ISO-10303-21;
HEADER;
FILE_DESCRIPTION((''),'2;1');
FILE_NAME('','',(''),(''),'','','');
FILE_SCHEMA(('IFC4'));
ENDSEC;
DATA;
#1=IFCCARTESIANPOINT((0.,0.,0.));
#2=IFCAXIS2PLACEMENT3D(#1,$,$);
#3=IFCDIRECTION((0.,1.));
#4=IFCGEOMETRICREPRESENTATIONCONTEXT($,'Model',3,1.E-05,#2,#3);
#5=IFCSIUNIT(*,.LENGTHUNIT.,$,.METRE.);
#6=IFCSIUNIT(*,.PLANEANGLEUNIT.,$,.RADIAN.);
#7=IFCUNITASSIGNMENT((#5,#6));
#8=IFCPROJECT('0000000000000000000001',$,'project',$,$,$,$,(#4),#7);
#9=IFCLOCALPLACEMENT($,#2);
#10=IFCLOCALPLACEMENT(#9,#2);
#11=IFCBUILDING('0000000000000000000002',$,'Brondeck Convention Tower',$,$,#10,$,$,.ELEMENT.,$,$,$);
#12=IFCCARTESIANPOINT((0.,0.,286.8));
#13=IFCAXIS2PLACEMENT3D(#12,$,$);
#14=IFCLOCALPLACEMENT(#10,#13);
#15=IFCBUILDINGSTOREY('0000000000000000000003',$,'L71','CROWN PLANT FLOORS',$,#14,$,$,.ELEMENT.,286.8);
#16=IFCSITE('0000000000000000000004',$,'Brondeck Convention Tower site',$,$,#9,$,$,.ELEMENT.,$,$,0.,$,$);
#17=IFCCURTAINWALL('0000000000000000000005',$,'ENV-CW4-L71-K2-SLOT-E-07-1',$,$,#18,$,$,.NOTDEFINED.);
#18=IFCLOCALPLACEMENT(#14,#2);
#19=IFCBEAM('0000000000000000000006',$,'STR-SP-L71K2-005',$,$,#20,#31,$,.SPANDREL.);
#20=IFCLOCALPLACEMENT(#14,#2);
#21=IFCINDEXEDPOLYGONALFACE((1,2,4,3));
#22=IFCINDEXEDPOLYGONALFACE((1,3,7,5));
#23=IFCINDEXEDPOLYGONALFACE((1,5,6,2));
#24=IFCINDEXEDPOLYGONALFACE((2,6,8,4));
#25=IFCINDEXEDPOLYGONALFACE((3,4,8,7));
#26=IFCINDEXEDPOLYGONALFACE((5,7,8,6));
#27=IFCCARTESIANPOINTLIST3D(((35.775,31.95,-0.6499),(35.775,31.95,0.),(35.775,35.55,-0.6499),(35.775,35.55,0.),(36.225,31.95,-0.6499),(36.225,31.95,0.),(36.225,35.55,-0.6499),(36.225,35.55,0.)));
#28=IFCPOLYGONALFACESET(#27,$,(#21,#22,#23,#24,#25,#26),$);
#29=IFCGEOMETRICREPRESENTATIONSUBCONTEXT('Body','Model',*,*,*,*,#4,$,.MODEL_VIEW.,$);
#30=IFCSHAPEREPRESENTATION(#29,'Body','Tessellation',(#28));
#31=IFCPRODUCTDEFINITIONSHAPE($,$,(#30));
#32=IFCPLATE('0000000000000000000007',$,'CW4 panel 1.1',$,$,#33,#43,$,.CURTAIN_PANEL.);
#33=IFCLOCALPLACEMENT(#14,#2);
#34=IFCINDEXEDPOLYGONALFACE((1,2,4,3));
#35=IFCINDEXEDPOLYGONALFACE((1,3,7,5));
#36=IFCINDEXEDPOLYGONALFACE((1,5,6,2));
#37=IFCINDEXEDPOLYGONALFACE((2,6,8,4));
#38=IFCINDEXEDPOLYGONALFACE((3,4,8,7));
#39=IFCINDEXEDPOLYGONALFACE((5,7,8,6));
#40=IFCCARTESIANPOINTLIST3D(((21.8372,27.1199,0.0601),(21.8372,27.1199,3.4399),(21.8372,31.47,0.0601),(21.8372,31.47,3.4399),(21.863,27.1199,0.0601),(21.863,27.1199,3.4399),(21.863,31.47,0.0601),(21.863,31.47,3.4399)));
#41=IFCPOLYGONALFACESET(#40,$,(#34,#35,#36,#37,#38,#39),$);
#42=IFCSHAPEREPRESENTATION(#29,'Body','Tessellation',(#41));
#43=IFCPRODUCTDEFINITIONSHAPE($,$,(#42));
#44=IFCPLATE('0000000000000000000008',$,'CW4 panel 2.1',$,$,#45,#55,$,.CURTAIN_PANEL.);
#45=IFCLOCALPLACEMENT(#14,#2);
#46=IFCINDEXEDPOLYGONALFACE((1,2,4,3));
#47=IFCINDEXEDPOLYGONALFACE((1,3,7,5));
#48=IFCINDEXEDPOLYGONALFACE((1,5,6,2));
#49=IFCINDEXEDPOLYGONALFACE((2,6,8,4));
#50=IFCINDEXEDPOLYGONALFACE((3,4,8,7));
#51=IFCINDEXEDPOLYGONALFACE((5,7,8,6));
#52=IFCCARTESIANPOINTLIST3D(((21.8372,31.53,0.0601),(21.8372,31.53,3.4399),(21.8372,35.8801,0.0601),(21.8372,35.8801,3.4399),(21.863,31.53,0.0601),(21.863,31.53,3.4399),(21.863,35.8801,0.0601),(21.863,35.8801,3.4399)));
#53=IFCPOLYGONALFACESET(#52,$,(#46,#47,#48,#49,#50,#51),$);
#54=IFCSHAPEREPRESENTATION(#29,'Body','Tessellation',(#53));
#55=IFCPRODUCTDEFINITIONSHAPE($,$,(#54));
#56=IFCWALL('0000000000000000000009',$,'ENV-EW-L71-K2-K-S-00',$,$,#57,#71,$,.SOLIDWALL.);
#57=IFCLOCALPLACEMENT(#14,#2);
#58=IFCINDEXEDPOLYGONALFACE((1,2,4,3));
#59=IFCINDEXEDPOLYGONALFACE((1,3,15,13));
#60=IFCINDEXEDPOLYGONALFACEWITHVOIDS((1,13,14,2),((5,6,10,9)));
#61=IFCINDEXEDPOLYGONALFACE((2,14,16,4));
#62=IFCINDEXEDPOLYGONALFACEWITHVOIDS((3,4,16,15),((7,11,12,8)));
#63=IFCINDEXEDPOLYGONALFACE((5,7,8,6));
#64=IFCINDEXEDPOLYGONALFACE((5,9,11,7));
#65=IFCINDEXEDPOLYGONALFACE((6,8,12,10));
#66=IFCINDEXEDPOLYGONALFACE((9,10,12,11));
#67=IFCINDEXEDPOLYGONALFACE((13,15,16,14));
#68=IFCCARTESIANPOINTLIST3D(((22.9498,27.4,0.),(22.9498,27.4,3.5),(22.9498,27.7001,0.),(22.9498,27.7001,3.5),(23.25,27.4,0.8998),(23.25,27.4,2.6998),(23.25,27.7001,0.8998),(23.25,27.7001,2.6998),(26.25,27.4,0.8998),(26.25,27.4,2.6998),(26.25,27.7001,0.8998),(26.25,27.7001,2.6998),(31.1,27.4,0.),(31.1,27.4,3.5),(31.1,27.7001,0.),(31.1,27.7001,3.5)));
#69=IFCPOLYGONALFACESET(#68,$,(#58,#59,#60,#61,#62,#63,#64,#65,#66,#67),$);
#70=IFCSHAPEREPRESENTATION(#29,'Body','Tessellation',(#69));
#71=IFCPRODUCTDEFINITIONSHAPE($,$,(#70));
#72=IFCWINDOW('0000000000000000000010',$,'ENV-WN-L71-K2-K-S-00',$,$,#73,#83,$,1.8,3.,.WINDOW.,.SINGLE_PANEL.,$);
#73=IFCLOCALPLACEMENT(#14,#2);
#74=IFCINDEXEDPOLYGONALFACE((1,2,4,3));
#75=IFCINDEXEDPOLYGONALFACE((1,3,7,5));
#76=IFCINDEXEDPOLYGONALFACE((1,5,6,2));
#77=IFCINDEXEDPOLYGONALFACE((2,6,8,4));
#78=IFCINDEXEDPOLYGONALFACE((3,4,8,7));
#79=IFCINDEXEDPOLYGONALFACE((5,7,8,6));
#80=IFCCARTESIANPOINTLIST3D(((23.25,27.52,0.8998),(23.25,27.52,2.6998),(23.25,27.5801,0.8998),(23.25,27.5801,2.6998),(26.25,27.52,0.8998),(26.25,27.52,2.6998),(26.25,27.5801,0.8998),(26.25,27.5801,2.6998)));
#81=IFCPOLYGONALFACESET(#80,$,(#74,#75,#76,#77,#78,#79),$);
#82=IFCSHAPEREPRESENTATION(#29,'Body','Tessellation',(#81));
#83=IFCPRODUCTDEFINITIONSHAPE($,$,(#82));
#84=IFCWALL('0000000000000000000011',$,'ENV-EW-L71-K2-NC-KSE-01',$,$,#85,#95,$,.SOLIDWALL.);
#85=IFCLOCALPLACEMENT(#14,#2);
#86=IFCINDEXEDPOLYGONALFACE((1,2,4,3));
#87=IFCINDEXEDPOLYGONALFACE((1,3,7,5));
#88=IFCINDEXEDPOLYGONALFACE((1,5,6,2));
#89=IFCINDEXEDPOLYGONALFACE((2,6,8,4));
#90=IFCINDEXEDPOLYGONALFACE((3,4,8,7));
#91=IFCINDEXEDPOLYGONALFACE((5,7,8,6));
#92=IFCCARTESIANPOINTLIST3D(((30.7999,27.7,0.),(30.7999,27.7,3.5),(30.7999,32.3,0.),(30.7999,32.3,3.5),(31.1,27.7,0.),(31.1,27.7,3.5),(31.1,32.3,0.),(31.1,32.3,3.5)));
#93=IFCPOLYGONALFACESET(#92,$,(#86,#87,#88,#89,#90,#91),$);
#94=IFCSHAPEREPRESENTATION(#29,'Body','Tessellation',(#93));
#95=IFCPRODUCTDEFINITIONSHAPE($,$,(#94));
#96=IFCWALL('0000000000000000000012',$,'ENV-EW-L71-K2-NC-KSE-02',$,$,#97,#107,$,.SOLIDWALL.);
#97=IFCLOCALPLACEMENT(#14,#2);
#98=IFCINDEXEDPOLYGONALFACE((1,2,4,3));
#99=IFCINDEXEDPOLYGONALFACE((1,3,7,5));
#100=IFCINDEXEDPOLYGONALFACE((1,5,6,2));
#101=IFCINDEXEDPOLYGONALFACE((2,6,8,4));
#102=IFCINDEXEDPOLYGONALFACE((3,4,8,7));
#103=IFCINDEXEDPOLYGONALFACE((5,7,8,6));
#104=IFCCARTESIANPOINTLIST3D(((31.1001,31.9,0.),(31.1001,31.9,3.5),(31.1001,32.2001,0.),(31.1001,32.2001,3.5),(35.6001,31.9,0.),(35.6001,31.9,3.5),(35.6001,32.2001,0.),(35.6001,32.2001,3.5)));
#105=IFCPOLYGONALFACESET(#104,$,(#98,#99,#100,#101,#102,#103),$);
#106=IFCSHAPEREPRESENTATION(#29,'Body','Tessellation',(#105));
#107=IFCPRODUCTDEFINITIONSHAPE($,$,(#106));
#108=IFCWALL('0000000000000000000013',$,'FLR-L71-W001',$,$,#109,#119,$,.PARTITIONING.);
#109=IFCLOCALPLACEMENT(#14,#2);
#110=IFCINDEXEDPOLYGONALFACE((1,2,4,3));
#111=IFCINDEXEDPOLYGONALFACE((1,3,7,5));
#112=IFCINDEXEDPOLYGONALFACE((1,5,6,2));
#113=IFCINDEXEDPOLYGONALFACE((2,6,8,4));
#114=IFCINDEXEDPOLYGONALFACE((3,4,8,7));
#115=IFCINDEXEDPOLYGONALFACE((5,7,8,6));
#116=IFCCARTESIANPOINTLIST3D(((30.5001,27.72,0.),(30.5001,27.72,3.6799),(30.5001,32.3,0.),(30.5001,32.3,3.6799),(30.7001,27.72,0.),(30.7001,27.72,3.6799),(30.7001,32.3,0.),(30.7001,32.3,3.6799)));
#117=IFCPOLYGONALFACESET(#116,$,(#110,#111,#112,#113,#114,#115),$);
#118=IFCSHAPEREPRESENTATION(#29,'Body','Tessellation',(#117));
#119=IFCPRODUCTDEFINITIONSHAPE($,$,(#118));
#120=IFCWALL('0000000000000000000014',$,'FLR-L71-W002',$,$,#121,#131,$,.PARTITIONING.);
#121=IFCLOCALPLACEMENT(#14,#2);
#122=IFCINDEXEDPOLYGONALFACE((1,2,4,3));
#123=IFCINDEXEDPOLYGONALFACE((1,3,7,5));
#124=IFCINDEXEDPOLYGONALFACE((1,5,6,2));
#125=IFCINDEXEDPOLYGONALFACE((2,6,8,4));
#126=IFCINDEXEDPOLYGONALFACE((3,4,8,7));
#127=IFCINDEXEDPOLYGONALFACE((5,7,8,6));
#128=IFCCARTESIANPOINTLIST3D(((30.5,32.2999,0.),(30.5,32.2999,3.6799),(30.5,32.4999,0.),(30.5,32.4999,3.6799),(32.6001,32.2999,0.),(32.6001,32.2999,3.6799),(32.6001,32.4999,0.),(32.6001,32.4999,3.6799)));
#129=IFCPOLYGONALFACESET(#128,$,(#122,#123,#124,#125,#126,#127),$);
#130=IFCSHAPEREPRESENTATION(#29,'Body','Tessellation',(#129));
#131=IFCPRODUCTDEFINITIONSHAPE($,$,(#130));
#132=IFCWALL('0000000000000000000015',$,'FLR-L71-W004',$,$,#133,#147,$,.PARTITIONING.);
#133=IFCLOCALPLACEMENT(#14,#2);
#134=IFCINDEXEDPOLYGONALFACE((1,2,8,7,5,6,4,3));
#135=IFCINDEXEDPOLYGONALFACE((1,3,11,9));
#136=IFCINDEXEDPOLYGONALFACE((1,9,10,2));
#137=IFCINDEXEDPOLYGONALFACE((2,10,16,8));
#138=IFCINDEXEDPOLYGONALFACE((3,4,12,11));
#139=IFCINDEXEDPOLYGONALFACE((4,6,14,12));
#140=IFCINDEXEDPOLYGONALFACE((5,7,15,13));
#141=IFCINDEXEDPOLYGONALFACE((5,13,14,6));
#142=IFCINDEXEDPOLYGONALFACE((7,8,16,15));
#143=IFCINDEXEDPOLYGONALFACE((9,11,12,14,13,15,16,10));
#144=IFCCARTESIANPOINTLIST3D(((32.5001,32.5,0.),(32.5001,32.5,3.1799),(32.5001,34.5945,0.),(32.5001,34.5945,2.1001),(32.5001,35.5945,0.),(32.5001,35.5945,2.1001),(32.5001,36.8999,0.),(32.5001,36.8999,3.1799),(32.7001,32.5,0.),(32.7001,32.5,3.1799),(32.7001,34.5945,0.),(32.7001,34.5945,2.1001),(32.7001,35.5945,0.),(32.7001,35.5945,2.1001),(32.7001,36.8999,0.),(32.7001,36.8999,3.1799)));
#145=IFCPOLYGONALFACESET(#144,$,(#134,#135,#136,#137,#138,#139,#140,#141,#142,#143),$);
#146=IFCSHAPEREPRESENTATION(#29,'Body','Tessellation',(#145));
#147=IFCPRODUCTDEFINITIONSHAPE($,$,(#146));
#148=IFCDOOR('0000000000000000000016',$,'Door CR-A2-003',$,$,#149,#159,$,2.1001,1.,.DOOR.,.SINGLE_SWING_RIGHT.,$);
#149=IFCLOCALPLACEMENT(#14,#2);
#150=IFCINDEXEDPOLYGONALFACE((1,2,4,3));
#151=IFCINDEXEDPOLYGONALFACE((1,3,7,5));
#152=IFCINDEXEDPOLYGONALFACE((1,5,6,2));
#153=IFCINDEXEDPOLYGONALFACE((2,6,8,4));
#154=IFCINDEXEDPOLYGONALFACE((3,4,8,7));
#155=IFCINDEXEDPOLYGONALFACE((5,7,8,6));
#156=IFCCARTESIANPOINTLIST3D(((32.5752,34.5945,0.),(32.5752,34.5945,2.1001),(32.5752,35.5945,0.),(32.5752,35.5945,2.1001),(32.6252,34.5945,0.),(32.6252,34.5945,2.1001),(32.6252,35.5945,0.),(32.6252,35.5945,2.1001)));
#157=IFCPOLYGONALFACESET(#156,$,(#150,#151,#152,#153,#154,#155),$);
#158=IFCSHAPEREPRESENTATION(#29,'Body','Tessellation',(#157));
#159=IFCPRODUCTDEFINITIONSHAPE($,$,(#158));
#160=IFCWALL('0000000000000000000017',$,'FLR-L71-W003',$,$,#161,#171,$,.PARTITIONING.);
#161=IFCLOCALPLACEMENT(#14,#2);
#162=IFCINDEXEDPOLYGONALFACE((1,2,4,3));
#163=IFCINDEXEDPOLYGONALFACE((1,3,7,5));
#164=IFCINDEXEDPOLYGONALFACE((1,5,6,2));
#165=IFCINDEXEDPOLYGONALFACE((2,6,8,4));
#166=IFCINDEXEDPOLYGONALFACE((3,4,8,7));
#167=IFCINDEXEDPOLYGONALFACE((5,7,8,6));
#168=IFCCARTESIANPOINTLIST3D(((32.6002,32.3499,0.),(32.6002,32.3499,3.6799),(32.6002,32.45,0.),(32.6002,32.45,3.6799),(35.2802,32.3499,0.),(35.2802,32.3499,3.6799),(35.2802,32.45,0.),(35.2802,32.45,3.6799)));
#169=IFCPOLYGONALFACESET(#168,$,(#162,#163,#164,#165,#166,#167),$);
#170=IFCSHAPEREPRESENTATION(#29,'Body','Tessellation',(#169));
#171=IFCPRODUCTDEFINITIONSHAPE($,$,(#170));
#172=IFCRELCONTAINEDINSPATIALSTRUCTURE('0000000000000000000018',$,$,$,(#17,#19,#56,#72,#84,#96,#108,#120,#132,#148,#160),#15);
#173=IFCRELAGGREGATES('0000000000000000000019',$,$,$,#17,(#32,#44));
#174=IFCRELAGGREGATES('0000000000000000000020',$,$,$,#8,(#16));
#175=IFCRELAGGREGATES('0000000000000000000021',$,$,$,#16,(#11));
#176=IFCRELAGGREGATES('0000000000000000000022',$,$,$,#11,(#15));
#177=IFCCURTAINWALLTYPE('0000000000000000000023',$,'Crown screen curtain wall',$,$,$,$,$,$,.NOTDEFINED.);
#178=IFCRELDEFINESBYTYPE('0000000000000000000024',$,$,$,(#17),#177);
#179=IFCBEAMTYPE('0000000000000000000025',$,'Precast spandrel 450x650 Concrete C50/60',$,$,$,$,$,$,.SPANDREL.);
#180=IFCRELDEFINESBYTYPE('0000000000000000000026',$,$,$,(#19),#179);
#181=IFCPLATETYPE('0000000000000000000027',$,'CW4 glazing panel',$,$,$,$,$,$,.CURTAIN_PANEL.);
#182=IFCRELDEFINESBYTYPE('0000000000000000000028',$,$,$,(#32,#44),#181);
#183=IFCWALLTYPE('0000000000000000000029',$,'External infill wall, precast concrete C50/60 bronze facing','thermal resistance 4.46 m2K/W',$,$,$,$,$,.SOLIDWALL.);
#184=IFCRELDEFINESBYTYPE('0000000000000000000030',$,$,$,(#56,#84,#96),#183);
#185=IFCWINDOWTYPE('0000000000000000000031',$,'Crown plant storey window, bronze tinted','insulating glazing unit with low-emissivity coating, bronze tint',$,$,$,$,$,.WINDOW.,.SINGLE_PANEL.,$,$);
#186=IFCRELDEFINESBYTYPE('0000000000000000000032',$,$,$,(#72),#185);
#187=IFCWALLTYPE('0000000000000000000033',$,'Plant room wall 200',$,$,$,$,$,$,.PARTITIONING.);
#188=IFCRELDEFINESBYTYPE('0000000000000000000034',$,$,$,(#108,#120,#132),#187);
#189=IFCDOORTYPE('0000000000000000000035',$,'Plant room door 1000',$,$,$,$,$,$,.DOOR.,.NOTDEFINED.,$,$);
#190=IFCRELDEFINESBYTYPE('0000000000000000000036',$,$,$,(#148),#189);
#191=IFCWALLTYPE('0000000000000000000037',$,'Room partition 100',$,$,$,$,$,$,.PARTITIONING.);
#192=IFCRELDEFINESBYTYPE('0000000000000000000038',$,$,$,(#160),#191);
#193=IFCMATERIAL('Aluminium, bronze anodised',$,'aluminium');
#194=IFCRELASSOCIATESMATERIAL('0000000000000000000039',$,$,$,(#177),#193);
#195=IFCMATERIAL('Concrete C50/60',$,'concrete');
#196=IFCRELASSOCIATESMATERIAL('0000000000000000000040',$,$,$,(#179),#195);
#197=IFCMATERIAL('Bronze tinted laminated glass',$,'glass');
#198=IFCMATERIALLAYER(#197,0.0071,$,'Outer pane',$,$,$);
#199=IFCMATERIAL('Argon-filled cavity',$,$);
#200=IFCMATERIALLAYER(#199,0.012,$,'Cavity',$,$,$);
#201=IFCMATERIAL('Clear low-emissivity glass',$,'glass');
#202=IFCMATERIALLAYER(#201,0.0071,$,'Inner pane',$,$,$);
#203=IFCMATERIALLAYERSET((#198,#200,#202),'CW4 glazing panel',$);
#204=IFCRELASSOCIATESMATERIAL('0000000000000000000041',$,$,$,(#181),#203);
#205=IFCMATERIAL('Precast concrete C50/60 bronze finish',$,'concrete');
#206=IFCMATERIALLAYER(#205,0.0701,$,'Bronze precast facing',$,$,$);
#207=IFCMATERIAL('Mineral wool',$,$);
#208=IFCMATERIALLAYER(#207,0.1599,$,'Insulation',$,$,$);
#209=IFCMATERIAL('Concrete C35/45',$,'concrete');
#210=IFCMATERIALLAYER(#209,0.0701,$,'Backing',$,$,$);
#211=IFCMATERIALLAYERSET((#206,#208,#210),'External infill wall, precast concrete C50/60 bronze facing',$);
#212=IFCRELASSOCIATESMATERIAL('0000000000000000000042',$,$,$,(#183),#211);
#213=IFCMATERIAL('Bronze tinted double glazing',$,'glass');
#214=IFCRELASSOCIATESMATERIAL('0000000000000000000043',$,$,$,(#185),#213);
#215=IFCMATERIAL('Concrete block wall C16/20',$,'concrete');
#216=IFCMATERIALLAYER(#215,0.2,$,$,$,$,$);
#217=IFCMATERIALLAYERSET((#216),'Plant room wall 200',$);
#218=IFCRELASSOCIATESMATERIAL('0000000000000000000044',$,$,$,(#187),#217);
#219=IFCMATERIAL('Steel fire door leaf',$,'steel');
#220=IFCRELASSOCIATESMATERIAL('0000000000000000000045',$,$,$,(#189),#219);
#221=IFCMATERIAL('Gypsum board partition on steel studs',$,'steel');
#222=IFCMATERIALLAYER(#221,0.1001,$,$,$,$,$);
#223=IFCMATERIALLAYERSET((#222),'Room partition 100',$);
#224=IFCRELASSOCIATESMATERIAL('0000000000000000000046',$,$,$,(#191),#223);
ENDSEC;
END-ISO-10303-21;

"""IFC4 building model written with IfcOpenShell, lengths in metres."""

from ifc_helpers import new_model, si_unit, direction, frame, frame_2d, origin, origin_2d, place, context, subcontext, project, spatial, rectangle, extrude, material, layer, layer_set, material_profile, profile_set, type_object, element, fill, aggregate, save


model = new_model("IFC4")

# Units and contexts
model_context = context("Model", 3, precision=1e-05, world=origin(), true_north=direction((0.0, 1.0)))
body_context = subcontext(model_context, "Body", "Model", "MODEL_VIEW")
ifc_project = project(units=[si_unit("LENGTHUNIT", "METRE"), si_unit("PLANEANGLEUNIT", "RADIAN")], contexts=[model_context])

# Site, building, storey
site_placement = place(None, origin())
site = spatial("IfcSite", under=ifc_project, at=site_placement, Name="Brondeck Convention Tower site", CompositionType="ELEMENT", RefElevation=0.0)
building_placement = place(site_placement, origin())
building = spatial("IfcBuilding", under=site, at=building_placement, Name="Brondeck Convention Tower", CompositionType="ELEMENT")
storey_placement = place(building_placement, frame((0.0, 0.0, 286.8)))
storey = spatial("IfcBuildingStorey", under=building, at=storey_placement, Name="L71", Description="CROWN PLANT FLOORS", CompositionType="ELEMENT", Elevation=286.8)

# Shared definitions
ifc_material_1 = material(Name="Concrete C50/60", Category="concrete")

# Curtain wall
ifc_material_2 = material(Name="Aluminium, bronze anodised", Category="aluminium")
curtain_wall_type = type_object("IfcCurtainWallType", Name="Crown screen curtain wall", PredefinedType="NOTDEFINED", material=ifc_material_2)
curtain_wall_placement = place(storey_placement, origin())
curtain_wall = element("IfcCurtainWall", 1, at=curtain_wall_placement, inside=storey, type_object=curtain_wall_type, Name="ENV-CW4-L71-K2-SLOT-E-07-1", PredefinedType="NOTDEFINED")

# Beam
ifc_material_profile_1 = material_profile(ifc_material_1, rectangle(XDim=0.45, YDim=0.6499, at=origin_2d()), Name="Precast spandrel 450x650 Concrete C50/60")
ifc_profile_set_1 = profile_set([ifc_material_profile_1], Name="Concrete C50/60")
beam_type = type_object("IfcBeamType", Name="Precast spandrel 450x650 Concrete C50/60", PredefinedType="SPANDREL", material=ifc_profile_set_1)
beam_placement = place(storey_placement, frame((36.0, 31.95, -0.325), z_axis=(0.0, 1.0, 0.0), x_axis=(-1.0, 0.0, 0.0)))
element("IfcBeam", 2, at=beam_placement, inside=storey, type_object=beam_type, Name="STR-SP-L71K2-005", PredefinedType="SPANDREL", context=body_context, shape_type="SweptSolid", body=[
    extrude(rectangle(XDim=0.45, YDim=0.6499, at=origin_2d()), origin(), (0.0, 0.0, 1.0), 3.6001),
])

# Plates
ifc_material_3 = material(Name="Bronze tinted laminated glass", Category="glass")
ifc_layer_1 = layer(ifc_material_3, 0.0071, Name="Outer pane")
ifc_material_4 = material(Name="Argon-filled cavity")
ifc_layer_2 = layer(ifc_material_4, 0.012, Name="Cavity")
ifc_material_5 = material(Name="Clear low-emissivity glass", Category="glass")
ifc_layer_3 = layer(ifc_material_5, 0.0071, Name="Inner pane")
ifc_layer_set_1 = layer_set([ifc_layer_1, ifc_layer_2, ifc_layer_3], Name="CW4 glazing panel")
plate_type = type_object("IfcPlateType", Name="CW4 glazing panel", PredefinedType="CURTAIN_PANEL", material=ifc_layer_set_1)
plate_1_placement = place(storey_placement, frame((21.8501, 29.2949, 0.0601), z_axis=(0.0, 0.0, 1.0), x_axis=(0.0, 1.0, 0.0)))
plate_1 = element("IfcPlate", 3, at=plate_1_placement, type_object=plate_type, Name="CW4 panel 1.1", PredefinedType="CURTAIN_PANEL", context=body_context, shape_type="SweptSolid", body=[
    extrude(rectangle(XDim=4.3501, YDim=0.0259, at=origin_2d()), origin(), (0.0, 0.0, 1.0), 3.3799),
])
plate_2_placement = place(storey_placement, frame((21.8501, 33.7051, 0.0601), z_axis=(0.0, 0.0, 1.0), x_axis=(0.0, 1.0, 0.0)))
plate_2 = element("IfcPlate", 4, at=plate_2_placement, type_object=plate_type, Name="CW4 panel 2.1", PredefinedType="CURTAIN_PANEL", context=body_context, shape_type="SweptSolid", body=[
    extrude(rectangle(XDim=4.3501, YDim=0.0259, at=origin_2d()), origin(), (0.0, 0.0, 1.0), 3.3799),
])
aggregate(curtain_wall, [plate_1, plate_2])

# Wall, opening, window
ifc_material_6 = material(Name="Precast concrete C50/60 bronze finish", Category="concrete")
ifc_layer_4 = layer(ifc_material_6, 0.0701, Name="Bronze precast facing")
ifc_material_7 = material(Name="Mineral wool")
ifc_layer_5 = layer(ifc_material_7, 0.1599, Name="Insulation")
ifc_material_8 = material(Name="Concrete C35/45", Category="concrete")
ifc_layer_6 = layer(ifc_material_8, 0.0701, Name="Backing")
ifc_layer_set_2 = layer_set([ifc_layer_4, ifc_layer_5, ifc_layer_6], Name="External infill wall, precast concrete C50/60 bronze facing")
wall_type_1 = type_object("IfcWallType", Name="External infill wall, precast concrete C50/60 bronze facing", Description="thermal resistance 4.46 m2K/W", PredefinedType="SOLIDWALL", material=ifc_layer_set_2)
wall_1_placement = place(storey_placement, frame((31.1001, 27.55, 0.0), z_axis=(0.0, 0.0, 1.0), x_axis=(-1.0, 0.0, 0.0)))
wall_1 = element("IfcWall", 5, at=wall_1_placement, inside=storey, type_object=wall_type_1, Name="ENV-EW-L71-K2-K-S-00", PredefinedType="SOLIDWALL", context=body_context, shape_type="SweptSolid", body=[
    extrude(rectangle(XDim=8.1501, YDim=0.3, at=frame_2d((4.0752, 0.0))), origin(), (0.0, 0.0, 1.0), 3.5),
])
opening_1_placement = place(wall_1_placement, frame((4.8501, 0.0, 0.8999)))
opening_1 = element("IfcOpeningElement", 6, at=opening_1_placement, cuts=wall_1, PredefinedType="OPENING", context=body_context, shape_type="SweptSolid", body=[
    extrude(rectangle(XDim=3.0, YDim=1.8, at=frame_2d((1.5, 0.8999))), frame((0.0, 0.1599, 0.0), z_axis=(0.0, -1.0, 0.0), x_axis=(1.0, 0.0, 0.0)), (0.0, 0.0, 1.0), 0.3201),
])
ifc_material_9 = material(Name="Bronze tinted double glazing", Category="glass")
window_type = type_object("IfcWindowType", Name="Crown plant storey window, bronze tinted", Description="insulating glazing unit with low-emissivity coating, bronze tint", PartitioningType="SINGLE_PANEL", PredefinedType="WINDOW", material=ifc_material_9)
window_placement = place(opening_1_placement, origin())
window = element("IfcWindow", 7, at=window_placement, inside=storey, type_object=window_type, Name="ENV-WN-L71-K2-K-S-00", OverallHeight=1.8, OverallWidth=3.0, PartitioningType="SINGLE_PANEL", PredefinedType="WINDOW", context=body_context, shape_type="SweptSolid", body=[
    extrude(rectangle(XDim=3.0, YDim=1.8, at=frame_2d((1.5, 0.8999))), frame((0.0, 0.03, 0.0), z_axis=(0.0, -1.0, 0.0), x_axis=(1.0, 0.0, 0.0)), (0.0, 0.0, 1.0), 0.0601),
])
fill(opening_1, window)

# Walls
wall_2_placement = place(storey_placement, frame((30.95, 32.3, 0.0), z_axis=(0.0, 0.0, 1.0), x_axis=(0.0, -1.0, 0.0)))
element("IfcWall", 8, at=wall_2_placement, inside=storey, type_object=wall_type_1, Name="ENV-EW-L71-K2-NC-KSE-01", PredefinedType="SOLIDWALL", context=body_context, shape_type="SweptSolid", body=[
    extrude(rectangle(XDim=4.6001, YDim=0.3, at=frame_2d((2.3, 0.0))), origin(), (0.0, 0.0, 1.0), 3.5),
])
wall_3_placement = place(storey_placement, frame((35.6001, 32.05, 0.0), z_axis=(0.0, 0.0, 1.0), x_axis=(-1.0, 0.0, 0.0)))
element("IfcWall", 9, at=wall_3_placement, inside=storey, type_object=wall_type_1, Name="ENV-EW-L71-K2-NC-KSE-02", PredefinedType="SOLIDWALL", context=body_context, shape_type="SweptSolid", body=[
    extrude(rectangle(XDim=4.5, YDim=0.3, at=frame_2d((2.25, 0.0))), origin(), (0.0, 0.0, 1.0), 3.5),
])
ifc_material_10 = material(Name="Concrete block wall C16/20", Category="concrete")
ifc_layer_7 = layer(ifc_material_10, 0.2)
ifc_layer_set_3 = layer_set([ifc_layer_7], Name="Plant room wall 200")
wall_type_2 = type_object("IfcWallType", Name="Plant room wall 200", PredefinedType="PARTITIONING", material=ifc_layer_set_3)
wall_4_placement = place(storey_placement, frame((30.6001, 32.3, 0.0), z_axis=(0.0, 0.0, 1.0), x_axis=(0.0, -1.0, 0.0)))
element("IfcWall", 10, at=wall_4_placement, inside=storey, type_object=wall_type_2, Name="FLR-L71-W001", PredefinedType="PARTITIONING", context=body_context, shape_type="SweptSolid", body=[
    extrude(rectangle(XDim=4.5801, YDim=0.2, at=frame_2d((2.29, 0.0))), origin(), (0.0, 0.0, 1.0), 3.6799),
])
wall_5_placement = place(storey_placement, frame((32.6001, 32.3999, 0.0), z_axis=(0.0, 0.0, 1.0), x_axis=(-1.0, 0.0, 0.0)))
element("IfcWall", 11, at=wall_5_placement, inside=storey, type_object=wall_type_2, Name="FLR-L71-W002", PredefinedType="PARTITIONING", context=body_context, shape_type="SweptSolid", body=[
    extrude(rectangle(XDim=2.1001, YDim=0.2, at=frame_2d((1.05, 0.0))), origin(), (0.0, 0.0, 1.0), 3.6799),
])

# Wall, opening, door
wall_6_placement = place(storey_placement, frame((32.6001, 32.5, 0.0), z_axis=(0.0, 0.0, 1.0), x_axis=(0.0, 1.0, 0.0)))
wall_6 = element("IfcWall", 12, at=wall_6_placement, inside=storey, type_object=wall_type_2, Name="FLR-L71-W004", PredefinedType="PARTITIONING", context=body_context, shape_type="SweptSolid", body=[
    extrude(rectangle(XDim=4.3999, YDim=0.2, at=frame_2d((2.2, 0.0))), origin(), (0.0, 0.0, 1.0), 3.1799),
])
opening_2_placement = place(wall_6_placement, frame((2.0945, 0.0, 0.0)))
opening_2 = element("IfcOpeningElement", 13, at=opening_2_placement, cuts=wall_6, PredefinedType="OPENING", context=body_context, shape_type="SweptSolid", body=[
    extrude(rectangle(XDim=1.0, YDim=2.1001, at=frame_2d((0.5, 1.05))), frame((0.0, 0.1099, 0.0), z_axis=(0.0, -1.0, 0.0), x_axis=(1.0, 0.0, 0.0)), (0.0, 0.0, 1.0), 0.22),
])
ifc_material_11 = material(Name="Steel fire door leaf", Category="steel")
door_type = type_object("IfcDoorType", Name="Plant room door 1000", OperationType="NOTDEFINED", PredefinedType="DOOR", material=ifc_material_11)
door_placement = place(opening_2_placement, origin())
door = element("IfcDoor", 14, at=door_placement, inside=storey, type_object=door_type, Name="Door CR-A2-003", OperationType="SINGLE_SWING_RIGHT", OverallHeight=2.1001, OverallWidth=1.0, PredefinedType="DOOR", context=body_context, shape_type="SweptSolid", body=[
    extrude(rectangle(XDim=1.0, YDim=2.1001, at=frame_2d((0.5, 1.05))), frame((0.0, 0.0249, 0.0), z_axis=(0.0, -1.0, 0.0), x_axis=(1.0, 0.0, 0.0)), (0.0, 0.0, 1.0), 0.05),
])
fill(opening_2, door)

# Wall
ifc_material_12 = material(Name="Gypsum board partition on steel studs", Category="steel")
ifc_layer_8 = layer(ifc_material_12, 0.1001)
ifc_layer_set_4 = layer_set([ifc_layer_8], Name="Room partition 100")
wall_type_3 = type_object("IfcWallType", Name="Room partition 100", PredefinedType="PARTITIONING", material=ifc_layer_set_4)
wall_7_placement = place(storey_placement, frame((35.28, 32.3999, 0.0), z_axis=(0.0, 0.0, 1.0), x_axis=(-1.0, 0.0, 0.0)))
element("IfcWall", 15, at=wall_7_placement, inside=storey, type_object=wall_type_3, Name="FLR-L71-W003", PredefinedType="PARTITIONING", context=body_context, shape_type="SweptSolid", body=[
    extrude(rectangle(XDim=2.6799, YDim=0.1001, at=frame_2d((1.3398, 0.0))), origin(), (0.0, 0.0, 1.0), 3.6799),
])

save(model, "model.ifc")
